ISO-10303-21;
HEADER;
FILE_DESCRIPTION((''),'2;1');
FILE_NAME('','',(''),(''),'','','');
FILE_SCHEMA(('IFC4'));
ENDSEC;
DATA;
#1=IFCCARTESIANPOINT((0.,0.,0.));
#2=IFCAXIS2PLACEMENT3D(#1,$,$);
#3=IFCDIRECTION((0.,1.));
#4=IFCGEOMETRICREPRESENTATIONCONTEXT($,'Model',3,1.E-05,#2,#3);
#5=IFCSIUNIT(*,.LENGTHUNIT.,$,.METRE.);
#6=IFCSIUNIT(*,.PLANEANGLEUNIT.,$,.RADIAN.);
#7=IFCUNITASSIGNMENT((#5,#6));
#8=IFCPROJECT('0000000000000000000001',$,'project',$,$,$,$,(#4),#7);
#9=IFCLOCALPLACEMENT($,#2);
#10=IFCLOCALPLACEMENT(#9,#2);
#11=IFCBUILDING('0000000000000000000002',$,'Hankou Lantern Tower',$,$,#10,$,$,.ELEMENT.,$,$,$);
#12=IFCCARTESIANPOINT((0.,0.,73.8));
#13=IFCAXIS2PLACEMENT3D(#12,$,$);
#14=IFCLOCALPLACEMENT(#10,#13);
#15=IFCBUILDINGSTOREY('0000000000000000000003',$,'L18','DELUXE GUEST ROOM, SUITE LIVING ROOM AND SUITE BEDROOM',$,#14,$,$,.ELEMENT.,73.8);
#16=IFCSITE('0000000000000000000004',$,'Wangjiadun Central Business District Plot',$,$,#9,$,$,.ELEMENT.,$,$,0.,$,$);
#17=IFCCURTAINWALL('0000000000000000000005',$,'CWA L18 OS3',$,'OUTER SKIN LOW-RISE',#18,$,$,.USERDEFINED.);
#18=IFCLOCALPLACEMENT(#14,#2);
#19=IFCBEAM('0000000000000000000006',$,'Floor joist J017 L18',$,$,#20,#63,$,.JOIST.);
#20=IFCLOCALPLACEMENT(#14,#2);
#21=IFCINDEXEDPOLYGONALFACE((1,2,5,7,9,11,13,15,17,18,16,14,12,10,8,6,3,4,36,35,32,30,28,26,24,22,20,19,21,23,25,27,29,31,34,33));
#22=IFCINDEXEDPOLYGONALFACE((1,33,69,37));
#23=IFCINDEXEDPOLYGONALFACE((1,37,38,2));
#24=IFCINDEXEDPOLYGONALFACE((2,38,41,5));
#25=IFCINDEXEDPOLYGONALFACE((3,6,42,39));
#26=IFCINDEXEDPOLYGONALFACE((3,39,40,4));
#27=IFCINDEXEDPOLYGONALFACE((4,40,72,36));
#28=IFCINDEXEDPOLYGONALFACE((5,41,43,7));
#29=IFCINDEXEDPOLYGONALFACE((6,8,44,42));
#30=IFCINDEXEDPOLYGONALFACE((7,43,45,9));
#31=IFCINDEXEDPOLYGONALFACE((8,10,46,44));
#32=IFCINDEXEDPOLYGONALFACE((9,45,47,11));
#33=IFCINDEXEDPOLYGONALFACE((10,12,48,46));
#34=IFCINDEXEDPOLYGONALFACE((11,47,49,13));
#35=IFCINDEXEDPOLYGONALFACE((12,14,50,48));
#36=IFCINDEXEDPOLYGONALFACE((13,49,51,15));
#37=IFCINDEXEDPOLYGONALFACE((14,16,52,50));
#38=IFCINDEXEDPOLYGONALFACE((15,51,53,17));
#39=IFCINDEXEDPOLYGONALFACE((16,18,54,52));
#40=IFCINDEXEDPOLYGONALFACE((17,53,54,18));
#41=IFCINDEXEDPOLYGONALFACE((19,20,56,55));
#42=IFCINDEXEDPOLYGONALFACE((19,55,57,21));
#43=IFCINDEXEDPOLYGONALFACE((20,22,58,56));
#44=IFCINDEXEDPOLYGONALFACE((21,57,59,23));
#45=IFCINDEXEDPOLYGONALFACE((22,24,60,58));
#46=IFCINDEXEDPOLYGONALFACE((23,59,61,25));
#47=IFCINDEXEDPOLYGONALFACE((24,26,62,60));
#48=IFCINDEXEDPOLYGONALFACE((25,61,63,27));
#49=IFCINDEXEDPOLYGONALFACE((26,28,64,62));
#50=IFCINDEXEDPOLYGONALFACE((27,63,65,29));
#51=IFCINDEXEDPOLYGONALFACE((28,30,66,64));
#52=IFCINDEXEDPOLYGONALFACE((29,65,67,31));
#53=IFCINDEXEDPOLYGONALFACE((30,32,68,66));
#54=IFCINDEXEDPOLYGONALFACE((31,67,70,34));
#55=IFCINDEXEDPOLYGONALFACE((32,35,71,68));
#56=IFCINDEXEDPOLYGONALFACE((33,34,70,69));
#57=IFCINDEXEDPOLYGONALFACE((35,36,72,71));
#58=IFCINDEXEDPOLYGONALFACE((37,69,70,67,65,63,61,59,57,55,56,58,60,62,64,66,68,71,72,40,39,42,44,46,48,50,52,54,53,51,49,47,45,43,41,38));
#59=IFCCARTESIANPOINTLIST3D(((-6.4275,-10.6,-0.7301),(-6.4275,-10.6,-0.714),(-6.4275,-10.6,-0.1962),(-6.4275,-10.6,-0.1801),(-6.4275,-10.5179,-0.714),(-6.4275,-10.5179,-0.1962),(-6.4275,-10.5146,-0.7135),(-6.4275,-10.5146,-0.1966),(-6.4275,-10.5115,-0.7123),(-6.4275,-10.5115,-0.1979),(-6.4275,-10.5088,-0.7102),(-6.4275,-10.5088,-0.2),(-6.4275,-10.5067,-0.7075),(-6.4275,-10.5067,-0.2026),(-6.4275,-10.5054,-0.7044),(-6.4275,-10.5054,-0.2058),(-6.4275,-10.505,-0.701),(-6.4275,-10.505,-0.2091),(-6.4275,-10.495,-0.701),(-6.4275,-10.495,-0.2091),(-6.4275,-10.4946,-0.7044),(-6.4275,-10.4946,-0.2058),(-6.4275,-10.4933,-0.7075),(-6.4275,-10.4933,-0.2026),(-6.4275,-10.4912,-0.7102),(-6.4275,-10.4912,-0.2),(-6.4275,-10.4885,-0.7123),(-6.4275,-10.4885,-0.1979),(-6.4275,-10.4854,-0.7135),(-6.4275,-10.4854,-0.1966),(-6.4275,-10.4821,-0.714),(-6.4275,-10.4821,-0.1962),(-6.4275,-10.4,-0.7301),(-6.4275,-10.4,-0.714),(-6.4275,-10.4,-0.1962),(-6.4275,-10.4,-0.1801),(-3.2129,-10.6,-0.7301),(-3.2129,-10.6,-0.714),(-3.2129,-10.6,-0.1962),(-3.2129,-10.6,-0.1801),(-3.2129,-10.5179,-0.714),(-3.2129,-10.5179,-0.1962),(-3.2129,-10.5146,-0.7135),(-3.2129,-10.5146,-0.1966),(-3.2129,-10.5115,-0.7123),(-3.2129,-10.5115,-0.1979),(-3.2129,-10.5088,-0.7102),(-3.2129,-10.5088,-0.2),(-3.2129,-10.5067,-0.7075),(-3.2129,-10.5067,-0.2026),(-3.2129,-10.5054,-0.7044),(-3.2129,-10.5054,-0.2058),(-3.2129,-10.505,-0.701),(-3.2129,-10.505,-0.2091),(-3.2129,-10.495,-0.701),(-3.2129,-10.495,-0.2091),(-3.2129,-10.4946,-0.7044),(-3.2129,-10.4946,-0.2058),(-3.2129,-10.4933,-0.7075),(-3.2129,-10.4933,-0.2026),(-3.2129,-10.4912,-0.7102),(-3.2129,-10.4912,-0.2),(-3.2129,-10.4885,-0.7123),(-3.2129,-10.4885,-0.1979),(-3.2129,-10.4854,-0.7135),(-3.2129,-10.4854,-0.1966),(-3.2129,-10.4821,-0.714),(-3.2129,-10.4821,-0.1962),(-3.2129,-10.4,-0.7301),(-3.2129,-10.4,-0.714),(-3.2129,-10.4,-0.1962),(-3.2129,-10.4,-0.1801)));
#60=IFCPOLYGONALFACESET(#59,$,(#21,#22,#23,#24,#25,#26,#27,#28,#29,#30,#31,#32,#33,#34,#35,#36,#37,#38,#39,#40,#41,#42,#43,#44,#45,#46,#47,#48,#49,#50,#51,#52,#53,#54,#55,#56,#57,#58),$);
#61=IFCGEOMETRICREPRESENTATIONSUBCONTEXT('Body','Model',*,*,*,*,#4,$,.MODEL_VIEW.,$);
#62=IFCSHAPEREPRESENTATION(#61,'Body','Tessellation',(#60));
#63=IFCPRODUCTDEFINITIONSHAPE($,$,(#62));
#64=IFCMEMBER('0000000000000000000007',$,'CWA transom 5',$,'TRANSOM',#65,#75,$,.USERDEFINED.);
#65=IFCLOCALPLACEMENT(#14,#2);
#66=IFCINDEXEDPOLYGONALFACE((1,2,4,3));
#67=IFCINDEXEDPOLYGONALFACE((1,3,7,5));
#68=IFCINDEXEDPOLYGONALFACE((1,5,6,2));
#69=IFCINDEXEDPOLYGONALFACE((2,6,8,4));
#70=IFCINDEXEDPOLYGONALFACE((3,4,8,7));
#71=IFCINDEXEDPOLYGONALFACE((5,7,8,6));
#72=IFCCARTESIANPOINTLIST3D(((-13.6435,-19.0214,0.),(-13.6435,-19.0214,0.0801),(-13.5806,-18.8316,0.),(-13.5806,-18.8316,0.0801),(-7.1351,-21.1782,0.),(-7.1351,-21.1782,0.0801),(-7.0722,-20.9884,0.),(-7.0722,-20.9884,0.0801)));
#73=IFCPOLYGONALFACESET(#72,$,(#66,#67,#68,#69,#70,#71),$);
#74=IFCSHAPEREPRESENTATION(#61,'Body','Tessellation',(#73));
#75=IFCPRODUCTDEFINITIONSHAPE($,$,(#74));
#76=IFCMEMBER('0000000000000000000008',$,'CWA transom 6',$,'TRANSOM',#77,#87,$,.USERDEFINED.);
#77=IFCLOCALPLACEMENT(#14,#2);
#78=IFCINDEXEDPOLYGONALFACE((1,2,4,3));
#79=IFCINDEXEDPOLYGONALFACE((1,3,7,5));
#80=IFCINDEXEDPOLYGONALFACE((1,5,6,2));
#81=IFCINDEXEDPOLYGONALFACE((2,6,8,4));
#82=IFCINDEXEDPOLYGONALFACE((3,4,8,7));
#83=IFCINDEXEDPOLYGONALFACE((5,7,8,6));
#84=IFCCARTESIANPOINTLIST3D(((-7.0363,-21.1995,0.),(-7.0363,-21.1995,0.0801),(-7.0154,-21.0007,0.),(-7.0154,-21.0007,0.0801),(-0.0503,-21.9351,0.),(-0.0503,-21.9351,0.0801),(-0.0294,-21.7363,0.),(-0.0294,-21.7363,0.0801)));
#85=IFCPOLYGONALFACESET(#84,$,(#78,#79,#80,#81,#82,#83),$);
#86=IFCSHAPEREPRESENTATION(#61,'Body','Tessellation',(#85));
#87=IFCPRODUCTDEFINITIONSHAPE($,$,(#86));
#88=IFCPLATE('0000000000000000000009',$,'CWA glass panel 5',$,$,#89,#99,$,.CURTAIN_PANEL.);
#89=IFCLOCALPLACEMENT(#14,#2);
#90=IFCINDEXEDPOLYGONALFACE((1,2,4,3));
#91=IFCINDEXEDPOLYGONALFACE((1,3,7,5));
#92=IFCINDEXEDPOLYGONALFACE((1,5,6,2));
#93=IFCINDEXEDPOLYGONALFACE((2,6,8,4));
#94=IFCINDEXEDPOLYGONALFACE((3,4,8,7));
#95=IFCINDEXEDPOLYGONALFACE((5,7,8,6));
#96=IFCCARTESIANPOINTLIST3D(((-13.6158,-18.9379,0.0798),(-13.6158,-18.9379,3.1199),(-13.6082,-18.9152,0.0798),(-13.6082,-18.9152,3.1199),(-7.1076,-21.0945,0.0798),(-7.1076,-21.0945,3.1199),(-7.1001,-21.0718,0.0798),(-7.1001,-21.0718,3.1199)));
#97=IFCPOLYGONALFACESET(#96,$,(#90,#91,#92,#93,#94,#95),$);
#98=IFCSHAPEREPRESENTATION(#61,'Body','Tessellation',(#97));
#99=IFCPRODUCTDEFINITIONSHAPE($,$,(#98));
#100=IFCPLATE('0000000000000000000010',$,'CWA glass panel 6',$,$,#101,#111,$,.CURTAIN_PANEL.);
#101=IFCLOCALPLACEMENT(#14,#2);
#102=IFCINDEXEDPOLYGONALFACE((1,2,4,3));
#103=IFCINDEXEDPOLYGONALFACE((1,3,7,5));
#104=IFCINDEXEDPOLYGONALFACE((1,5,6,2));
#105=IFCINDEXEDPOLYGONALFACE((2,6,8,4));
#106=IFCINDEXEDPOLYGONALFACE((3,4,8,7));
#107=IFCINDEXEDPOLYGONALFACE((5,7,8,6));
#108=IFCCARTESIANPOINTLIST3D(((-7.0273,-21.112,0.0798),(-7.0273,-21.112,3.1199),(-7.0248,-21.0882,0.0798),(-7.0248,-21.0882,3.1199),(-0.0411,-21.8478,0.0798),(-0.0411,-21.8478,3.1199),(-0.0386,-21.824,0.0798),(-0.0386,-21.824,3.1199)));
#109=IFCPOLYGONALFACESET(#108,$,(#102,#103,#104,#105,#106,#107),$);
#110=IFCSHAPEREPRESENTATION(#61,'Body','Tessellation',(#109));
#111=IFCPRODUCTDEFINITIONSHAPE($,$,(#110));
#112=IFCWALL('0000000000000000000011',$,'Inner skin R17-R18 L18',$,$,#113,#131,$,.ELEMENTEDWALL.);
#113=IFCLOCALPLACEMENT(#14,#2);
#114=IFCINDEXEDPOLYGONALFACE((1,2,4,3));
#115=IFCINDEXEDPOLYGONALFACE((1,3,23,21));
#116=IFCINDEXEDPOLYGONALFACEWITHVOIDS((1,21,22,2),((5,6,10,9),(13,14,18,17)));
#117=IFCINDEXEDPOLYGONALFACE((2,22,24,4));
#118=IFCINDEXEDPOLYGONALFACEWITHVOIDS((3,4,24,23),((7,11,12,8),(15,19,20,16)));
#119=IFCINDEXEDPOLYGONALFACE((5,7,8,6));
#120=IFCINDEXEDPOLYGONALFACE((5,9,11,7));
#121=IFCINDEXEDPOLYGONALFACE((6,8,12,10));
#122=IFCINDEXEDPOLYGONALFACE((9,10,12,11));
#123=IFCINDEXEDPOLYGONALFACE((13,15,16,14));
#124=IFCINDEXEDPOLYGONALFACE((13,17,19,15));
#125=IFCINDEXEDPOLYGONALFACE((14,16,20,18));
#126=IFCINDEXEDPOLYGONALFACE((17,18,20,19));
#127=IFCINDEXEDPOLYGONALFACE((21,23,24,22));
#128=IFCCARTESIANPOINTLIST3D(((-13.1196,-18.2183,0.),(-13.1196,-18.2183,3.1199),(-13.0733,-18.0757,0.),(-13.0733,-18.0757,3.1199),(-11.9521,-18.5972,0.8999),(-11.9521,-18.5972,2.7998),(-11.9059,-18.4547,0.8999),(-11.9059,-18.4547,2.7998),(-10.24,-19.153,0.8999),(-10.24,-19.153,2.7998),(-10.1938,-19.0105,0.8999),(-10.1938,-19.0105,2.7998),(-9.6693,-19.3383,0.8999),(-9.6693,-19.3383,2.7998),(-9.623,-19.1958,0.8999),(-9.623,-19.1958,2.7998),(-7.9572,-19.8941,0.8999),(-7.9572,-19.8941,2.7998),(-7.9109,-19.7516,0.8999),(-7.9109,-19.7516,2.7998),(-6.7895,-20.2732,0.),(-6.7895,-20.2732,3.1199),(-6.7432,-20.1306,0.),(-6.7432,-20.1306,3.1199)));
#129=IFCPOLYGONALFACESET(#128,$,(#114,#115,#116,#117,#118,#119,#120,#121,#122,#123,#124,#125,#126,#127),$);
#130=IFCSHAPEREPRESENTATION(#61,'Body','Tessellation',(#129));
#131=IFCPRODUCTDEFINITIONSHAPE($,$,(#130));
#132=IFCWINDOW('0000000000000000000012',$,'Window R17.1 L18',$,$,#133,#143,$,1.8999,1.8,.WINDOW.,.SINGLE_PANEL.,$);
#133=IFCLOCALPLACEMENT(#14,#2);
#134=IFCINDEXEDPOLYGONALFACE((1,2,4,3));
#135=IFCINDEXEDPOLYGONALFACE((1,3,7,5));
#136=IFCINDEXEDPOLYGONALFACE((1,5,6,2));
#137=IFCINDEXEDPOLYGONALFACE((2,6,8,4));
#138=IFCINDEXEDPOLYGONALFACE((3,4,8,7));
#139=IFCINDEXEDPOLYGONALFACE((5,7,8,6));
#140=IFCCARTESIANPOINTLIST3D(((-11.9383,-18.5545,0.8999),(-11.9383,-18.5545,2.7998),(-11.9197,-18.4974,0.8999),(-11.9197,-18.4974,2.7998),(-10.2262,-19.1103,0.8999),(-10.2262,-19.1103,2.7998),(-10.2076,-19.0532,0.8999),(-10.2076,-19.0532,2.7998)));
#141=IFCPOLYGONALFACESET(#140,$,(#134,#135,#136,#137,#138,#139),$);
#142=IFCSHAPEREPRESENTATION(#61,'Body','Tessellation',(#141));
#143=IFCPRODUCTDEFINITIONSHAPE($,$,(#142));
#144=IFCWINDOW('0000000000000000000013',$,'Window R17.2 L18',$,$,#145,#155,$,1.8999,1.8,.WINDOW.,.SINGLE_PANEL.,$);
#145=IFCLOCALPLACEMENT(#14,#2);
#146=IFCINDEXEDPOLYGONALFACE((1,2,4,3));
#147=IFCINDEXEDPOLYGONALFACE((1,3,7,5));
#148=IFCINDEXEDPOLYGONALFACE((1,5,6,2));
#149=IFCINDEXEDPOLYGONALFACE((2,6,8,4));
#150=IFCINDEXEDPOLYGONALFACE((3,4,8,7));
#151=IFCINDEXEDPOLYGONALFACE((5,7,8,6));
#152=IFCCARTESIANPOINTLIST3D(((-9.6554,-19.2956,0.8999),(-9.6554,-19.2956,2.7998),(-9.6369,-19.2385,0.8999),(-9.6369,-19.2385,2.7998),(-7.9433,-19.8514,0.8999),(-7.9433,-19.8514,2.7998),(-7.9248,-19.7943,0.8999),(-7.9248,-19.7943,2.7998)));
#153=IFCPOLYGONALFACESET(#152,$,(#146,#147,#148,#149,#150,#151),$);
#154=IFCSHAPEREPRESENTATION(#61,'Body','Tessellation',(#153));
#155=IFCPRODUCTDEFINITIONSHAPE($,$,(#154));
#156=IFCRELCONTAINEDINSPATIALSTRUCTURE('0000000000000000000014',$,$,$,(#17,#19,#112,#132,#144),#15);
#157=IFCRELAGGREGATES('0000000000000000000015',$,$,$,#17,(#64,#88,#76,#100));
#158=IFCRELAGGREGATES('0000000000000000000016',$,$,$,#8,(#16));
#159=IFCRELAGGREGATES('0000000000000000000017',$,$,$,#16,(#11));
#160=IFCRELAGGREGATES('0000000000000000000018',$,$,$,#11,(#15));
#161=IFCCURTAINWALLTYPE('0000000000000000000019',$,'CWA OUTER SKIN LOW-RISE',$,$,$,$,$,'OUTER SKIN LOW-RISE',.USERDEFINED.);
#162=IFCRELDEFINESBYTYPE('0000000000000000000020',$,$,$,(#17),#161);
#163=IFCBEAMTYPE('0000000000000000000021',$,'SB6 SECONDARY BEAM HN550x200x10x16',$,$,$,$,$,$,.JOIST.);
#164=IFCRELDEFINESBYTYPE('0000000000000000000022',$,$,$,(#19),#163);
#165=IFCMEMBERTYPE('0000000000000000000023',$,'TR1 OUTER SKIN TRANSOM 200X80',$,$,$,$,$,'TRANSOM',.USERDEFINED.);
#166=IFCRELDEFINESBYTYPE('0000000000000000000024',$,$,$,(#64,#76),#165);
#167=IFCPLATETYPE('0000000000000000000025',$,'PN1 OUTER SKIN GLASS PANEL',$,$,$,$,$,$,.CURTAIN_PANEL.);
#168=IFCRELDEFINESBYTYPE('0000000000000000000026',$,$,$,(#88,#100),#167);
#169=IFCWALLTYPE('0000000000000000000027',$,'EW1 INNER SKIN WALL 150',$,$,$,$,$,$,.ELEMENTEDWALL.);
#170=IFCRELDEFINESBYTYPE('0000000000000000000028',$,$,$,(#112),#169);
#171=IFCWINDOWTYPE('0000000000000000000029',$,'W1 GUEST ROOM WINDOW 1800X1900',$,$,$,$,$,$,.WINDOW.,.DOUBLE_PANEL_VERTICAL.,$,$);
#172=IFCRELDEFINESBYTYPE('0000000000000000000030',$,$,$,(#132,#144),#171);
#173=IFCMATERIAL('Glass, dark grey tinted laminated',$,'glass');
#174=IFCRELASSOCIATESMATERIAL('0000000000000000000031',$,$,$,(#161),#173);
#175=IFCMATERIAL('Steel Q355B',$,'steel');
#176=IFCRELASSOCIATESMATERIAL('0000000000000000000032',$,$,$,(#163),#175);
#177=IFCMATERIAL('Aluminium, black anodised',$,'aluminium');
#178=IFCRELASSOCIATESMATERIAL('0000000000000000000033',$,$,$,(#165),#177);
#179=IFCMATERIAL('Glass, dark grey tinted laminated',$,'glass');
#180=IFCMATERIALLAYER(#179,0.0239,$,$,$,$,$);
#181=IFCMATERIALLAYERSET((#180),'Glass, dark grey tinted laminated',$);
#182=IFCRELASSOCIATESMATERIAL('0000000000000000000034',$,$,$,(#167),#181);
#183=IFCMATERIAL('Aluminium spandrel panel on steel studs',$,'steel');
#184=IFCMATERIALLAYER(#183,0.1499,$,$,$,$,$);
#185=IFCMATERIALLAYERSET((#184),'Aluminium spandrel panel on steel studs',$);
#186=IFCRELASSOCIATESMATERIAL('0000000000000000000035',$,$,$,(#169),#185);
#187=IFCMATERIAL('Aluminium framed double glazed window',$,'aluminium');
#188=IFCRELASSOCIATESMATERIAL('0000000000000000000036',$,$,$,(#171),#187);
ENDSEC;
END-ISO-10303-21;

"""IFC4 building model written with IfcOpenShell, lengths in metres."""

from ifc_helpers import new_model, si_unit, direction, frame, frame_2d, origin, origin_2d, place, context, subcontext, project, spatial, rectangle, i_section, extrude, material, layer, layer_set, material_profile, profile_set, type_object, element, fill, aggregate, save


model = new_model("IFC4")

# Units and contexts
model_context = context("Model", 3, precision=1e-05, world=origin(), true_north=direction((0.0, 1.0)))
body_context = subcontext(model_context, "Body", "Model", "MODEL_VIEW")
ifc_project = project(units=[si_unit("LENGTHUNIT", "METRE"), si_unit("PLANEANGLEUNIT", "RADIAN")], contexts=[model_context])

# Site, building, storey
site_placement = place(None, origin())
site = spatial("IfcSite", under=ifc_project, at=site_placement, Name="Wangjiadun Central Business District Plot", CompositionType="ELEMENT", RefElevation=0.0)
building_placement = place(site_placement, origin())
building = spatial("IfcBuilding", under=site, at=building_placement, Name="Hankou Lantern Tower", CompositionType="ELEMENT")
storey_placement = place(building_placement, frame((0.0, 0.0, 73.8)))
storey = spatial("IfcBuildingStorey", under=building, at=storey_placement, Name="L18", Description="DELUXE GUEST ROOM, SUITE LIVING ROOM AND SUITE BEDROOM", CompositionType="ELEMENT", Elevation=73.8)

# Curtain wall
ifc_material_1 = material(Name="Glass, dark grey tinted laminated", Category="glass")
curtain_wall_type = type_object("IfcCurtainWallType", Name="CWA OUTER SKIN LOW-RISE", ElementType="OUTER SKIN LOW-RISE", PredefinedType="USERDEFINED", material=ifc_material_1)
curtain_wall_placement = place(storey_placement, origin())
curtain_wall = element("IfcCurtainWall", 1, at=curtain_wall_placement, inside=storey, type_object=curtain_wall_type, Name="CWA L18 OS3", ObjectType="OUTER SKIN LOW-RISE", PredefinedType="USERDEFINED")

# Beam
ifc_material_2 = material(Name="Steel Q355B", Category="steel")
ifc_material_profile_1 = material_profile(ifc_material_2, i_section(OverallWidth=0.2, OverallDepth=0.55, WebThickness=0.01, FlangeThickness=0.0161, FilletRadius=0.0129, at=origin_2d()), Name="HN550x200x10x16")
ifc_profile_set_1 = profile_set([ifc_material_profile_1], Name="Steel Q355B")
beam_type_1 = type_object("IfcBeamType", Name="SB6 SECONDARY BEAM HN550x200x10x16", PredefinedType="JOIST", material=ifc_profile_set_1)
beam_1_placement = place(storey_placement, frame((-6.4275, -10.5, -0.4551), z_axis=(1.0, 0.0, 0.0), x_axis=(0.0, 1.0, 0.0)))
element("IfcBeam", 2, at=beam_1_placement, inside=storey, type_object=beam_type_1, Name="Floor joist J017 L18", PredefinedType="JOIST", context=body_context, shape_type="SweptSolid", body=[
    extrude(i_section(OverallWidth=0.2, OverallDepth=0.55, WebThickness=0.01, FlangeThickness=0.0161, FilletRadius=0.0129, at=origin_2d()), origin(), (0.0, 0.0, 1.0), 3.2146),
])

# Members
ifc_material_3 = material(Name="Aluminium, black anodised", Category="aluminium")
ifc_material_profile_2 = material_profile(ifc_material_3, rectangle(XDim=0.2, YDim=0.0801, at=origin_2d()), Name="TR1 200X80")
ifc_profile_set_2 = profile_set([ifc_material_profile_2], Name="Aluminium, black anodised")
member_type_1 = type_object("IfcMemberType", Name="TR1 OUTER SKIN TRANSOM 200X80", ElementType="TRANSOM", PredefinedType="USERDEFINED", material=ifc_profile_set_2)
member_1_placement = place(storey_placement, frame((-13.6121, -18.9265, 0.04), z_axis=(0.949237, -0.314561, 0.0), x_axis=(0.314561, 0.949237, 0.0)))
member_1 = element("IfcMember", 3, at=member_1_placement, type_object=member_type_1, Name="CWA transom 5", ObjectType="TRANSOM", PredefinedType="USERDEFINED", context=body_context, shape_type="SweptSolid", body=[
    extrude(rectangle(XDim=0.2, YDim=0.0801, at=origin_2d()), origin(), (0.0, 0.0, 1.0), 6.8564),
])
member_2_placement = place(storey_placement, frame((-7.0259, -21.1001, 0.04), z_axis=(0.994502, -0.104716, 0.0), x_axis=(0.104716, 0.994502, 0.0)))
member_2 = element("IfcMember", 4, at=member_2_placement, type_object=member_type_1, Name="CWA transom 6", ObjectType="TRANSOM", PredefinedType="USERDEFINED", context=body_context, shape_type="SweptSolid", body=[
    extrude(rectangle(XDim=0.2, YDim=0.0801, at=origin_2d()), origin(), (0.0, 0.0, 1.0), 7.0247),
])

# Plates
ifc_material_4 = material(Name="Glass, dark grey tinted laminated", Category="glass")
ifc_layer_1 = layer(ifc_material_4, 0.0239)
ifc_layer_set_1 = layer_set([ifc_layer_1], Name="Glass, dark grey tinted laminated")
plate_type = type_object("IfcPlateType", Name="PN1 OUTER SKIN GLASS PANEL", PredefinedType="CURTAIN_PANEL", material=ifc_layer_set_1)
plate_1_placement = place(storey_placement, frame((-10.3579, -20.0049, 0.0798), z_axis=(0.0, 0.0, 1.0), x_axis=(0.949241, -0.314551, 0.0)))
plate_1 = element("IfcPlate", 5, at=plate_1_placement, type_object=plate_type, Name="CWA glass panel 5", PredefinedType="CURTAIN_PANEL", context=body_context, shape_type="SweptSolid", body=[
    extrude(rectangle(XDim=6.8562, YDim=0.0239, at=origin_2d()), origin(), (0.0, 0.0, 1.0), 3.04),
])
plate_2_placement = place(storey_placement, frame((-3.533, -21.468, 0.0798), z_axis=(0.0, 0.0, 1.0), x_axis=(0.994499, -0.104743, 0.0)))
plate_2 = element("IfcPlate", 6, at=plate_2_placement, type_object=plate_type, Name="CWA glass panel 6", PredefinedType="CURTAIN_PANEL", context=body_context, shape_type="SweptSolid", body=[
    extrude(rectangle(XDim=7.0249, YDim=0.0239, at=origin_2d()), origin(), (0.0, 0.0, 1.0), 3.04),
])
aggregate(curtain_wall, [member_1, plate_1, member_2, plate_2])

# Wall, openings, windows
ifc_material_5 = material(Name="Aluminium spandrel panel on steel studs", Category="steel")
ifc_layer_2 = layer(ifc_material_5, 0.1499)
ifc_layer_set_2 = layer_set([ifc_layer_2], Name="Aluminium spandrel panel on steel studs")
wall_type_1 = type_object("IfcWallType", Name="EW1 INNER SKIN WALL 150", PredefinedType="ELEMENTEDWALL", material=ifc_layer_set_2)
wall_1_placement = place(storey_placement, frame((-13.0964, -18.147, 0.0), z_axis=(0.0, 0.0, 1.0), x_axis=(0.951138, -0.308768, 0.0)))
wall_1 = element("IfcWall", 7, at=wall_1_placement, inside=storey, type_object=wall_type_1, Name="Inner skin R17-R18 L18", PredefinedType="ELEMENTEDWALL", context=body_context, shape_type="SweptSolid", body=[
    extrude(rectangle(XDim=6.6553, YDim=0.1499, at=frame_2d((3.3276, 0.0))), origin(), (0.0, 0.0, 1.0), 3.1199),
])
opening_1_placement = place(wall_1_placement, frame((1.2275, 0.0, 0.8999)))
opening_1 = element("IfcOpeningElement", 8, at=opening_1_placement, cuts=wall_1, PredefinedType="OPENING", context=body_context, shape_type="SweptSolid", body=[
    extrude(rectangle(XDim=1.8, YDim=1.8999, at=frame_2d((0.8999, 0.95))), frame((0.0, 0.085, 0.0), z_axis=(0.0, -1.0, 0.0), x_axis=(1.0, 0.0, 0.0)), (0.0, 0.0, 1.0), 0.1699),
])
opening_2_placement = place(wall_1_placement, frame((3.6277, 0.0, 0.8999)))
opening_2 = element("IfcOpeningElement", 9, at=opening_2_placement, cuts=wall_1, PredefinedType="OPENING", context=body_context, shape_type="SweptSolid", body=[
    extrude(rectangle(XDim=1.8, YDim=1.8999, at=frame_2d((0.8999, 0.95))), frame((0.0, 0.085, 0.0), z_axis=(0.0, -1.0, 0.0), x_axis=(1.0, 0.0, 0.0)), (0.0, 0.0, 1.0), 0.1699),
])
ifc_material_6 = material(Name="Aluminium framed double glazed window", Category="aluminium")
window_type = type_object("IfcWindowType", Name="W1 GUEST ROOM WINDOW 1800X1900", PartitioningType="DOUBLE_PANEL_VERTICAL", PredefinedType="WINDOW", material=ifc_material_6)
window_1_placement = place(opening_1_placement, origin())
window_1 = element("IfcWindow", 10, at=window_1_placement, inside=storey, type_object=window_type, Name="Window R17.1 L18", OverallHeight=1.8999, OverallWidth=1.8, PartitioningType="SINGLE_PANEL", PredefinedType="WINDOW", context=body_context, shape_type="SweptSolid", body=[
    extrude(rectangle(XDim=1.8, YDim=1.8999, at=frame_2d((0.8999, 0.95))), frame((0.0, 0.03, 0.0), z_axis=(0.0, -1.0, 0.0), x_axis=(1.0, 0.0, 0.0)), (0.0, 0.0, 1.0), 0.0601),
])
fill(opening_1, window_1)
window_2_placement = place(opening_2_placement, origin())
window_2 = element("IfcWindow", 11, at=window_2_placement, inside=storey, type_object=window_type, Name="Window R17.2 L18", OverallHeight=1.8999, OverallWidth=1.8, PartitioningType="SINGLE_PANEL", PredefinedType="WINDOW", context=body_context, shape_type="SweptSolid", body=[
    extrude(rectangle(XDim=1.8, YDim=1.8999, at=frame_2d((0.8999, 0.95))), frame((0.0, 0.03, 0.0), z_axis=(0.0, -1.0, 0.0), x_axis=(1.0, 0.0, 0.0)), (0.0, 0.0, 1.0), 0.0601),
])
fill(opening_2, window_2)

save(model, "model.ifc")
